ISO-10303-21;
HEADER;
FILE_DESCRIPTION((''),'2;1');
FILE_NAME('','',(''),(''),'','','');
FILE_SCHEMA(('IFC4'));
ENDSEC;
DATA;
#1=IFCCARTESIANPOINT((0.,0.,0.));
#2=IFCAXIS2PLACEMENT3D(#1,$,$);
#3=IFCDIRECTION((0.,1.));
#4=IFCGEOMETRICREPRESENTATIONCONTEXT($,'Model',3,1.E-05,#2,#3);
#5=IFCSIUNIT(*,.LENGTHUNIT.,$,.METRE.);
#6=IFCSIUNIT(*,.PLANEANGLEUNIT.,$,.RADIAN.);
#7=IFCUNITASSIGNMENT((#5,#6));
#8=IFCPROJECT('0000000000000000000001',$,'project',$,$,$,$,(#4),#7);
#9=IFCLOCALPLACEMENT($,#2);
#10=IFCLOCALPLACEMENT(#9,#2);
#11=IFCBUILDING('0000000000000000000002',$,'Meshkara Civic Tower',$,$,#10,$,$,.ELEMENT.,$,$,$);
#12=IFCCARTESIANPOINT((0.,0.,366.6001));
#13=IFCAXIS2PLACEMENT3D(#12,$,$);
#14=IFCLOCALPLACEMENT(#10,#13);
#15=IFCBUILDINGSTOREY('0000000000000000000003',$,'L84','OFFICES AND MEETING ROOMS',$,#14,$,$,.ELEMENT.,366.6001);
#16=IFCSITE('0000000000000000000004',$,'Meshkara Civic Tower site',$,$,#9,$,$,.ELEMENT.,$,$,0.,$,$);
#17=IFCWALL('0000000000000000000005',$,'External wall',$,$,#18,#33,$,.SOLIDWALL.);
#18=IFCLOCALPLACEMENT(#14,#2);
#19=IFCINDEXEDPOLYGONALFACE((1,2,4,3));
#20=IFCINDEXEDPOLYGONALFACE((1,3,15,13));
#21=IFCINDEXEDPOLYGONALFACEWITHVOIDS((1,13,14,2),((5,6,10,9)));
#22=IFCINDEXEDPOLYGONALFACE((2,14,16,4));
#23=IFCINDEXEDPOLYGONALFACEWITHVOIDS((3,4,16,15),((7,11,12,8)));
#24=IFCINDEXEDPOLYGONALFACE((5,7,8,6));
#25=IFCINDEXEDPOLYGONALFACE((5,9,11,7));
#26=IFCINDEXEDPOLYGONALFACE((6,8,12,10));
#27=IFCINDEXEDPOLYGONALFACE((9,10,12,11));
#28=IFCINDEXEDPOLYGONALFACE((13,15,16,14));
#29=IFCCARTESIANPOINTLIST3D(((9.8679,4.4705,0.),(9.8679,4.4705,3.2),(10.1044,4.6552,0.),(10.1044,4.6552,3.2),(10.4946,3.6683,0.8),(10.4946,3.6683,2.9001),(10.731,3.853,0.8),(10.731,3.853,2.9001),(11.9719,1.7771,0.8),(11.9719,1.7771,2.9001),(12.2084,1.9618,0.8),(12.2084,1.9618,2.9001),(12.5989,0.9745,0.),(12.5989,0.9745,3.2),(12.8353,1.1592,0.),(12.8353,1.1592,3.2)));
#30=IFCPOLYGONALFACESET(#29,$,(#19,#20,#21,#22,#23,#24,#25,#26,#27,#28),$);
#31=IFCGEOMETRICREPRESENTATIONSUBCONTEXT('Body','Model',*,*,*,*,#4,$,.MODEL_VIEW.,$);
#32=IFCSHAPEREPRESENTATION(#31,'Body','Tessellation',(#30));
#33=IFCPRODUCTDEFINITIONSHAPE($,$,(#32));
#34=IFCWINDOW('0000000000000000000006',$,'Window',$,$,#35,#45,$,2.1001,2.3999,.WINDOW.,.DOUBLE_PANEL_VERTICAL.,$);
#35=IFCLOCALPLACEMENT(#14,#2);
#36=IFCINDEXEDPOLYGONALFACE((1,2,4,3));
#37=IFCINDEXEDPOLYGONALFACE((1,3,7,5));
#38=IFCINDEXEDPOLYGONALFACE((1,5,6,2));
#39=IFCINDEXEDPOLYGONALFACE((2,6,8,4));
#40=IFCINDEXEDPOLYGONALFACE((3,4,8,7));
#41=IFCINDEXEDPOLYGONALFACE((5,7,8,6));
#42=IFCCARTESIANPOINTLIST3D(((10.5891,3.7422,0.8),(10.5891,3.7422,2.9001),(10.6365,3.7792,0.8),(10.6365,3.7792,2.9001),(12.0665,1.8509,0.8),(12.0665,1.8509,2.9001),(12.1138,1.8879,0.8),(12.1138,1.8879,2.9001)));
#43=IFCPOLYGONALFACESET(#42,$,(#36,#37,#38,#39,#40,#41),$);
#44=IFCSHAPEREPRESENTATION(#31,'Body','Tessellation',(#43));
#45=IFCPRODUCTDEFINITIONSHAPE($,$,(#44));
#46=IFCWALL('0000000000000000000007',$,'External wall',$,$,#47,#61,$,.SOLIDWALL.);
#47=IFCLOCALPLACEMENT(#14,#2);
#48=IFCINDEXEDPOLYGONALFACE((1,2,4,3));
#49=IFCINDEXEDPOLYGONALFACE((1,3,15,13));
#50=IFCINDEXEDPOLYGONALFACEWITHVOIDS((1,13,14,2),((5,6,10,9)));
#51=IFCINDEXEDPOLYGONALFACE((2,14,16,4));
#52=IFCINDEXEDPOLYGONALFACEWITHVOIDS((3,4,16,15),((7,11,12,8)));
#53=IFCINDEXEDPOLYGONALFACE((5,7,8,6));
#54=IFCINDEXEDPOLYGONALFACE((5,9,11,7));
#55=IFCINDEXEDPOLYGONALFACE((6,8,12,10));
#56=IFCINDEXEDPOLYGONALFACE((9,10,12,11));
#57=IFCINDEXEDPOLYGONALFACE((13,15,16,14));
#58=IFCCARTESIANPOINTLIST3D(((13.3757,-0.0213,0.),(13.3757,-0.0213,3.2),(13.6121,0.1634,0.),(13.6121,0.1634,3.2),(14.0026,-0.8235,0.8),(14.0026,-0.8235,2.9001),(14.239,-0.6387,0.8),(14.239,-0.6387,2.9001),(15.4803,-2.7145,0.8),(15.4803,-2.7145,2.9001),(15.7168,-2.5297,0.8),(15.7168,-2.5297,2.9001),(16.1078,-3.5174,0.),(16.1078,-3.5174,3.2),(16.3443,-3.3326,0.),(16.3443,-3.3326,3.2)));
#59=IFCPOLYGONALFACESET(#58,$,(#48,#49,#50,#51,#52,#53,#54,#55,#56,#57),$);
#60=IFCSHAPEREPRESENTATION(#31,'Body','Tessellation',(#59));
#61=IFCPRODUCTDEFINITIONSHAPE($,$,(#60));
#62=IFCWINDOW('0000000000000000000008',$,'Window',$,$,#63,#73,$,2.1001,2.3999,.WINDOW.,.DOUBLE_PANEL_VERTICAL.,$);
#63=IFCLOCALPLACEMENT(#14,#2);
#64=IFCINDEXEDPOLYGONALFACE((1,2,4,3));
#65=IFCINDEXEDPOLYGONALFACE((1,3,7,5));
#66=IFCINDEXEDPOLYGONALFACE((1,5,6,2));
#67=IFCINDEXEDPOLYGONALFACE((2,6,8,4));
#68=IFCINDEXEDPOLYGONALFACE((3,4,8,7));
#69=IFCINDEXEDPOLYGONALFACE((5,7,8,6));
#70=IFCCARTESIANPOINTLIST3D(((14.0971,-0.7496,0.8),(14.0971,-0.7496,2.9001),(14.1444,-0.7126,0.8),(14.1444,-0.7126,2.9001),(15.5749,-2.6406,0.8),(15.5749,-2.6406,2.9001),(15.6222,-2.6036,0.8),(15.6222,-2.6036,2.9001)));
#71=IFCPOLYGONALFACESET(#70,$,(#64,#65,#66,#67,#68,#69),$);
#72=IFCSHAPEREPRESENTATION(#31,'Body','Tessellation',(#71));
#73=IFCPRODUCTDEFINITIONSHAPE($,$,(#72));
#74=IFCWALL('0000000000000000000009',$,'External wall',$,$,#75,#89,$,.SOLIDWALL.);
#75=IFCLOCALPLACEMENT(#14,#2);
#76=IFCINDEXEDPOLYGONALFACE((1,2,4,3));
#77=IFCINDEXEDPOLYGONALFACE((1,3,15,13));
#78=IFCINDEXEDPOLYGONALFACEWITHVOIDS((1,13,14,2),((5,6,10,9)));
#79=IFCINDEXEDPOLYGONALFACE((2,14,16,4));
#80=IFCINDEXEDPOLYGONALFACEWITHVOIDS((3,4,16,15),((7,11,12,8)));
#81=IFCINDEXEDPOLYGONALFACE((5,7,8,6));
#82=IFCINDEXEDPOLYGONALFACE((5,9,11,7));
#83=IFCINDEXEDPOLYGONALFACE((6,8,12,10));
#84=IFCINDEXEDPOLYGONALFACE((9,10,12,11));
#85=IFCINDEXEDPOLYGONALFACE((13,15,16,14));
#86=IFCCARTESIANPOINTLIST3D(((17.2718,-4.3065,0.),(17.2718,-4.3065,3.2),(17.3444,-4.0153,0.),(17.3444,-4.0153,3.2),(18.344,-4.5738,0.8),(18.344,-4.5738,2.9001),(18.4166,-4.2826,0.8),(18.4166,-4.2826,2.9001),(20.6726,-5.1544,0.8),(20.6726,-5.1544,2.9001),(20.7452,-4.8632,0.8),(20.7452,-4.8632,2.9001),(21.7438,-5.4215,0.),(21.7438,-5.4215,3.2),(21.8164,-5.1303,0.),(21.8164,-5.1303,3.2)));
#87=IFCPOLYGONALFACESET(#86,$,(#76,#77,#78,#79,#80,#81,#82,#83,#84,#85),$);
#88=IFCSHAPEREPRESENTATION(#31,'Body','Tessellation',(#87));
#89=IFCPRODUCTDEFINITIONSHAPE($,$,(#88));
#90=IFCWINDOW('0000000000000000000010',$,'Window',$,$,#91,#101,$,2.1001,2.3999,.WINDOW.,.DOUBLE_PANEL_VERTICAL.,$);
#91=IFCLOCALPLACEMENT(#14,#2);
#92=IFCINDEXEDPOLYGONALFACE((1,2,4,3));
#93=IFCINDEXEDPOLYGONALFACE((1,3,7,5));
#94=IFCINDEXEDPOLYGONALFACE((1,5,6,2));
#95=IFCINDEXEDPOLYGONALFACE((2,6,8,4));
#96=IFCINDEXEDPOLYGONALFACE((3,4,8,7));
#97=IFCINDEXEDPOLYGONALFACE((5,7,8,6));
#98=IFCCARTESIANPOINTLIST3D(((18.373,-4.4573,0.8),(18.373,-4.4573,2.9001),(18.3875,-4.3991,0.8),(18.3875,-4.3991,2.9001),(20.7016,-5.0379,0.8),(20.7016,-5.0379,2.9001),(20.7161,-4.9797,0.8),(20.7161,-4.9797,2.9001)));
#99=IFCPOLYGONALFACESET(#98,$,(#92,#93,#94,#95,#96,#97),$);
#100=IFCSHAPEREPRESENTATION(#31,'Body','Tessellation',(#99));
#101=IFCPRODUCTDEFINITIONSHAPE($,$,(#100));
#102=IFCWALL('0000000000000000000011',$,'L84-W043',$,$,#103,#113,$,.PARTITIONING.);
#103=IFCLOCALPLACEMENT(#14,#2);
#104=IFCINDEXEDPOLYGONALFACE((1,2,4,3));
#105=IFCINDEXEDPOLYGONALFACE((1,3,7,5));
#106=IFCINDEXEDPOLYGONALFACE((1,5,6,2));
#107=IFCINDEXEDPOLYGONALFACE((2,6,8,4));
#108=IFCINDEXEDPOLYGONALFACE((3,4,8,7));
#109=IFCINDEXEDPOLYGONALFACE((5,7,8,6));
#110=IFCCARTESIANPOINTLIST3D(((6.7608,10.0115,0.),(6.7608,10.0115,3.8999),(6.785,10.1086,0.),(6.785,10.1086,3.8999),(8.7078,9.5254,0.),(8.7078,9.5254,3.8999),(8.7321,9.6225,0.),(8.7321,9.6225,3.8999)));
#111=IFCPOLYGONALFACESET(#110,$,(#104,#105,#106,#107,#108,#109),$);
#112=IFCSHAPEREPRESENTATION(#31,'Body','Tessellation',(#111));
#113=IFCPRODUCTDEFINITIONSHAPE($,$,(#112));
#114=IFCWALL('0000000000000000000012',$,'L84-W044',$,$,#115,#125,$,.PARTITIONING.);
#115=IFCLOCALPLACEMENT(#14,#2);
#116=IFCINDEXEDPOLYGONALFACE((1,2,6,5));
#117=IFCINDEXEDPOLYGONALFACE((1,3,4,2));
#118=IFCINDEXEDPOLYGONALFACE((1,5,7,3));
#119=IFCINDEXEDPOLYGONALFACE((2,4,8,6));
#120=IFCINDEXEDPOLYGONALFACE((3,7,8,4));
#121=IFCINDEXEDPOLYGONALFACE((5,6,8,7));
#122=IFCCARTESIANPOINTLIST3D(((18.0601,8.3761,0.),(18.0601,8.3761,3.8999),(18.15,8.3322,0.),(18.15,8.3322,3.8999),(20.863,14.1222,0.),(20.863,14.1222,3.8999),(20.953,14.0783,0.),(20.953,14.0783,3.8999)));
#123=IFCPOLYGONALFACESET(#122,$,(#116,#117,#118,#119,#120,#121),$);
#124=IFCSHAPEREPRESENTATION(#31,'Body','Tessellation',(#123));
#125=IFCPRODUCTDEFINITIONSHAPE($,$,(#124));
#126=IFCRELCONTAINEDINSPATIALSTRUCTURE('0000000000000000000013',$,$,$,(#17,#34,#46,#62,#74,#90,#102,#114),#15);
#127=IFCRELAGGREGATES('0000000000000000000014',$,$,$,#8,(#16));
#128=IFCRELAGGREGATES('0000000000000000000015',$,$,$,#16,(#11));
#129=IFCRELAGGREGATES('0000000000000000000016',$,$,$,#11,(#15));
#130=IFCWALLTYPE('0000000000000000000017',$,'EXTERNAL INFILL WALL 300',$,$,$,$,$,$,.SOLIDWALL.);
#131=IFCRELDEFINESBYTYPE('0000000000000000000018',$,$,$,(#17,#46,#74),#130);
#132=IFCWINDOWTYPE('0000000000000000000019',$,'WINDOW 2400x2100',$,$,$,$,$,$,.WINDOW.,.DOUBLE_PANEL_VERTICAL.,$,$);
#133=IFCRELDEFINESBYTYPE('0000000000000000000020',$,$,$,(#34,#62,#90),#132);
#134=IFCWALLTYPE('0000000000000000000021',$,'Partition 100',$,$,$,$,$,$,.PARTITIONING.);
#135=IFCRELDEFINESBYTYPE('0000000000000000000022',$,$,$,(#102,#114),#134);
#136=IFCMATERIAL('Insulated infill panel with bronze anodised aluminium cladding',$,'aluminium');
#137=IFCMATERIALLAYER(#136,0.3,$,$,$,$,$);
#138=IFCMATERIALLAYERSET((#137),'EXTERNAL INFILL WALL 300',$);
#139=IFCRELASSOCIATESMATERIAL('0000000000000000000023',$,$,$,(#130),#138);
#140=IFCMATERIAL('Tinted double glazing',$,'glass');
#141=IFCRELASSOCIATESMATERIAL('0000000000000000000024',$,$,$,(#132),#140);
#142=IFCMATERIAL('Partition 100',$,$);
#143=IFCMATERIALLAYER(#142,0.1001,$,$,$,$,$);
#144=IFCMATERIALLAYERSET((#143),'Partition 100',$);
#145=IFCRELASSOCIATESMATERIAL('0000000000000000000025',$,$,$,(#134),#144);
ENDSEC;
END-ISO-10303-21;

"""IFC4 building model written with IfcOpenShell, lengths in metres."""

from ifc_helpers import new_model, si_unit, direction, frame, frame_2d, origin, place, context, subcontext, project, spatial, rectangle, extrude, material, layer, layer_set, type_object, element, fill, save


model = new_model("IFC4")

# Units and contexts
model_context = context("Model", 3, precision=1e-05, world=origin(), true_north=direction((0.0, 1.0)))
body_context = subcontext(model_context, "Body", "Model", "MODEL_VIEW")
ifc_project = project(units=[si_unit("LENGTHUNIT", "METRE"), si_unit("PLANEANGLEUNIT", "RADIAN")], contexts=[model_context])

# Site, building, storey
site_placement = place(None, origin())
site = spatial("IfcSite", under=ifc_project, at=site_placement, Name="Meshkara Civic Tower site", CompositionType="ELEMENT", RefElevation=0.0)
building_placement = place(site_placement, origin())
building = spatial("IfcBuilding", under=site, at=building_placement, Name="Meshkara Civic Tower", CompositionType="ELEMENT")
storey_placement = place(building_placement, frame((0.0, 0.0, 366.6001)))
storey = spatial("IfcBuildingStorey", under=building, at=storey_placement, Name="L84", Description="OFFICES AND MEETING ROOMS", CompositionType="ELEMENT", Elevation=366.6001)

# Walls, openings, windows
ifc_material_1 = material(Name="Insulated infill panel with bronze anodised aluminium cladding", Category="aluminium")
ifc_layer_1 = layer(ifc_material_1, 0.3)
ifc_layer_set_1 = layer_set([ifc_layer_1], Name="EXTERNAL INFILL WALL 300")
wall_type_1 = type_object("IfcWallType", Name="EXTERNAL INFILL WALL 300", PredefinedType="SOLIDWALL", material=ifc_layer_set_1)
wall_1_placement = place(storey_placement, frame((9.9861, 4.563, 0.0), z_axis=(0.0, 0.0, 1.0), x_axis=(0.615593, -0.788064, 0.0)))
wall_1 = element("IfcWall", 1, at=wall_1_placement, inside=storey, type_object=wall_type_1, Name="External wall", PredefinedType="SOLIDWALL", context=body_context, shape_type="SweptSolid", body=[
    extrude(rectangle(XDim=4.4363, YDim=0.3, at=frame_2d((2.2183, 0.0))), origin(), (0.0, 0.0, 1.0), 3.2),
])
opening_1_placement = place(wall_1_placement, frame((1.0181, 0.0, 0.8)))
opening_1 = element("IfcOpeningElement", 2, at=opening_1_placement, cuts=wall_1, PredefinedType="OPENING", context=body_context, shape_type="SweptSolid", body=[
    extrude(rectangle(XDim=2.3999, YDim=2.1001, at=frame_2d((1.2, 1.05))), frame((0.0, 0.1599, 0.0), z_axis=(0.0, -1.0, 0.0), x_axis=(1.0, 0.0, 0.0)), (0.0, 0.0, 1.0), 0.3201),
])
ifc_material_2 = material(Name="Tinted double glazing", Category="glass")
window_type = type_object("IfcWindowType", Name="WINDOW 2400x2100", PartitioningType="DOUBLE_PANEL_VERTICAL", PredefinedType="WINDOW", material=ifc_material_2)
window_1_placement = place(opening_1_placement, origin())
window_1 = element("IfcWindow", 3, at=window_1_placement, inside=storey, type_object=window_type, Name="Window", OverallHeight=2.1001, OverallWidth=2.3999, PartitioningType="DOUBLE_PANEL_VERTICAL", PredefinedType="WINDOW", context=body_context, shape_type="SweptSolid", body=[
    extrude(rectangle(XDim=2.3999, YDim=2.1001, at=frame_2d((1.2, 1.05))), frame((0.0, 0.03, 0.0), z_axis=(0.0, -1.0, 0.0), x_axis=(1.0, 0.0, 0.0)), (0.0, 0.0, 1.0), 0.0601),
])
fill(opening_1, window_1)
wall_2_placement = place(storey_placement, frame((13.4939, 0.071, 0.0), z_axis=(0.0, 0.0, 1.0), x_axis=(0.615764, -0.787931, 0.0)))
wall_2 = element("IfcWall", 4, at=wall_2_placement, inside=storey, type_object=wall_type_1, Name="External wall", PredefinedType="SOLIDWALL", context=body_context, shape_type="SweptSolid", body=[
    extrude(rectangle(XDim=4.437, YDim=0.3, at=frame_2d((2.2185, 0.0))), origin(), (0.0, 0.0, 1.0), 3.2),
])
opening_2_placement = place(wall_2_placement, frame((1.0181, 0.0, 0.8)))
opening_2 = element("IfcOpeningElement", 5, at=opening_2_placement, cuts=wall_2, PredefinedType="OPENING", context=body_context, shape_type="SweptSolid", body=[
    extrude(rectangle(XDim=2.3999, YDim=2.1001, at=frame_2d((1.2, 1.05))), frame((0.0, 0.1599, 0.0), z_axis=(0.0, -1.0, 0.0), x_axis=(1.0, 0.0, 0.0)), (0.0, 0.0, 1.0), 0.3201),
])
window_2_placement = place(opening_2_placement, origin())
window_2 = element("IfcWindow", 6, at=window_2_placement, inside=storey, type_object=window_type, Name="Window", OverallHeight=2.1001, OverallWidth=2.3999, PartitioningType="DOUBLE_PANEL_VERTICAL", PredefinedType="WINDOW", context=body_context, shape_type="SweptSolid", body=[
    extrude(rectangle(XDim=2.3999, YDim=2.1001, at=frame_2d((1.2, 1.05))), frame((0.0, 0.03, 0.0), z_axis=(0.0, -1.0, 0.0), x_axis=(1.0, 0.0, 0.0)), (0.0, 0.0, 1.0), 0.0601),
])
fill(opening_2, window_2)
wall_3_placement = place(storey_placement, frame((17.3081, -4.1609, 0.0), z_axis=(0.0, 0.0, 1.0), x_axis=(0.970295, -0.241925, 0.0)))
wall_3 = element("IfcWall", 7, at=wall_3_placement, inside=storey, type_object=wall_type_1, Name="External wall", PredefinedType="SOLIDWALL", context=body_context, shape_type="SweptSolid", body=[
    extrude(rectangle(XDim=4.6089, YDim=0.3, at=frame_2d((2.3044, 0.0))), origin(), (0.0, 0.0, 1.0), 3.2),
])
opening_3_placement = place(wall_3_placement, frame((1.105, 0.0, 0.8)))
opening_3 = element("IfcOpeningElement", 8, at=opening_3_placement, cuts=wall_3, PredefinedType="OPENING", context=body_context, shape_type="SweptSolid", body=[
    extrude(rectangle(XDim=2.3999, YDim=2.1001, at=frame_2d((1.2, 1.05))), frame((0.0, 0.1599, 0.0), z_axis=(0.0, -1.0, 0.0), x_axis=(1.0, 0.0, 0.0)), (0.0, 0.0, 1.0), 0.3201),
])
window_3_placement = place(opening_3_placement, origin())
window_3 = element("IfcWindow", 9, at=window_3_placement, inside=storey, type_object=window_type, Name="Window", OverallHeight=2.1001, OverallWidth=2.3999, PartitioningType="DOUBLE_PANEL_VERTICAL", PredefinedType="WINDOW", context=body_context, shape_type="SweptSolid", body=[
    extrude(rectangle(XDim=2.3999, YDim=2.1001, at=frame_2d((1.2, 1.05))), frame((0.0, 0.03, 0.0), z_axis=(0.0, -1.0, 0.0), x_axis=(1.0, 0.0, 0.0)), (0.0, 0.0, 1.0), 0.0601),
])
fill(opening_3, window_3)

# Walls
ifc_material_3 = material(Name="Partition 100")
ifc_layer_2 = layer(ifc_material_3, 0.1001)
ifc_layer_set_2 = layer_set([ifc_layer_2], Name="Partition 100")
wall_type_2 = type_object("IfcWallType", Name="Partition 100", PredefinedType="PARTITIONING", material=ifc_layer_set_2)
wall_4_placement = place(storey_placement, frame((8.72, 9.574, 0.0), z_axis=(0.0, 0.0, 1.0), x_axis=(-0.970221, 0.242221, 0.0)))
element("IfcWall", 10, at=wall_4_placement, inside=storey, type_object=wall_type_2, Name="L84-W043", PredefinedType="PARTITIONING", context=body_context, shape_type="SweptSolid", body=[
    extrude(rectangle(XDim=2.0068, YDim=0.1001, at=frame_2d((1.0034, 0.0))), origin(), (0.0, 0.0, 1.0), 3.8999),
])
wall_5_placement = place(storey_placement, frame((18.105, 8.354, 0.0), z_axis=(0.0, 0.0, 1.0), x_axis=(0.438424, 0.898768, 0.0)))
element("IfcWall", 11, at=wall_5_placement, inside=storey, type_object=wall_type_2, Name="L84-W044", PredefinedType="PARTITIONING", context=body_context, shape_type="SweptSolid", body=[
    extrude(rectangle(XDim=6.3933, YDim=0.1001, at=frame_2d((3.1968, 0.0))), origin(), (0.0, 0.0, 1.0), 3.8999),
])

save(model, "model.ifc")
